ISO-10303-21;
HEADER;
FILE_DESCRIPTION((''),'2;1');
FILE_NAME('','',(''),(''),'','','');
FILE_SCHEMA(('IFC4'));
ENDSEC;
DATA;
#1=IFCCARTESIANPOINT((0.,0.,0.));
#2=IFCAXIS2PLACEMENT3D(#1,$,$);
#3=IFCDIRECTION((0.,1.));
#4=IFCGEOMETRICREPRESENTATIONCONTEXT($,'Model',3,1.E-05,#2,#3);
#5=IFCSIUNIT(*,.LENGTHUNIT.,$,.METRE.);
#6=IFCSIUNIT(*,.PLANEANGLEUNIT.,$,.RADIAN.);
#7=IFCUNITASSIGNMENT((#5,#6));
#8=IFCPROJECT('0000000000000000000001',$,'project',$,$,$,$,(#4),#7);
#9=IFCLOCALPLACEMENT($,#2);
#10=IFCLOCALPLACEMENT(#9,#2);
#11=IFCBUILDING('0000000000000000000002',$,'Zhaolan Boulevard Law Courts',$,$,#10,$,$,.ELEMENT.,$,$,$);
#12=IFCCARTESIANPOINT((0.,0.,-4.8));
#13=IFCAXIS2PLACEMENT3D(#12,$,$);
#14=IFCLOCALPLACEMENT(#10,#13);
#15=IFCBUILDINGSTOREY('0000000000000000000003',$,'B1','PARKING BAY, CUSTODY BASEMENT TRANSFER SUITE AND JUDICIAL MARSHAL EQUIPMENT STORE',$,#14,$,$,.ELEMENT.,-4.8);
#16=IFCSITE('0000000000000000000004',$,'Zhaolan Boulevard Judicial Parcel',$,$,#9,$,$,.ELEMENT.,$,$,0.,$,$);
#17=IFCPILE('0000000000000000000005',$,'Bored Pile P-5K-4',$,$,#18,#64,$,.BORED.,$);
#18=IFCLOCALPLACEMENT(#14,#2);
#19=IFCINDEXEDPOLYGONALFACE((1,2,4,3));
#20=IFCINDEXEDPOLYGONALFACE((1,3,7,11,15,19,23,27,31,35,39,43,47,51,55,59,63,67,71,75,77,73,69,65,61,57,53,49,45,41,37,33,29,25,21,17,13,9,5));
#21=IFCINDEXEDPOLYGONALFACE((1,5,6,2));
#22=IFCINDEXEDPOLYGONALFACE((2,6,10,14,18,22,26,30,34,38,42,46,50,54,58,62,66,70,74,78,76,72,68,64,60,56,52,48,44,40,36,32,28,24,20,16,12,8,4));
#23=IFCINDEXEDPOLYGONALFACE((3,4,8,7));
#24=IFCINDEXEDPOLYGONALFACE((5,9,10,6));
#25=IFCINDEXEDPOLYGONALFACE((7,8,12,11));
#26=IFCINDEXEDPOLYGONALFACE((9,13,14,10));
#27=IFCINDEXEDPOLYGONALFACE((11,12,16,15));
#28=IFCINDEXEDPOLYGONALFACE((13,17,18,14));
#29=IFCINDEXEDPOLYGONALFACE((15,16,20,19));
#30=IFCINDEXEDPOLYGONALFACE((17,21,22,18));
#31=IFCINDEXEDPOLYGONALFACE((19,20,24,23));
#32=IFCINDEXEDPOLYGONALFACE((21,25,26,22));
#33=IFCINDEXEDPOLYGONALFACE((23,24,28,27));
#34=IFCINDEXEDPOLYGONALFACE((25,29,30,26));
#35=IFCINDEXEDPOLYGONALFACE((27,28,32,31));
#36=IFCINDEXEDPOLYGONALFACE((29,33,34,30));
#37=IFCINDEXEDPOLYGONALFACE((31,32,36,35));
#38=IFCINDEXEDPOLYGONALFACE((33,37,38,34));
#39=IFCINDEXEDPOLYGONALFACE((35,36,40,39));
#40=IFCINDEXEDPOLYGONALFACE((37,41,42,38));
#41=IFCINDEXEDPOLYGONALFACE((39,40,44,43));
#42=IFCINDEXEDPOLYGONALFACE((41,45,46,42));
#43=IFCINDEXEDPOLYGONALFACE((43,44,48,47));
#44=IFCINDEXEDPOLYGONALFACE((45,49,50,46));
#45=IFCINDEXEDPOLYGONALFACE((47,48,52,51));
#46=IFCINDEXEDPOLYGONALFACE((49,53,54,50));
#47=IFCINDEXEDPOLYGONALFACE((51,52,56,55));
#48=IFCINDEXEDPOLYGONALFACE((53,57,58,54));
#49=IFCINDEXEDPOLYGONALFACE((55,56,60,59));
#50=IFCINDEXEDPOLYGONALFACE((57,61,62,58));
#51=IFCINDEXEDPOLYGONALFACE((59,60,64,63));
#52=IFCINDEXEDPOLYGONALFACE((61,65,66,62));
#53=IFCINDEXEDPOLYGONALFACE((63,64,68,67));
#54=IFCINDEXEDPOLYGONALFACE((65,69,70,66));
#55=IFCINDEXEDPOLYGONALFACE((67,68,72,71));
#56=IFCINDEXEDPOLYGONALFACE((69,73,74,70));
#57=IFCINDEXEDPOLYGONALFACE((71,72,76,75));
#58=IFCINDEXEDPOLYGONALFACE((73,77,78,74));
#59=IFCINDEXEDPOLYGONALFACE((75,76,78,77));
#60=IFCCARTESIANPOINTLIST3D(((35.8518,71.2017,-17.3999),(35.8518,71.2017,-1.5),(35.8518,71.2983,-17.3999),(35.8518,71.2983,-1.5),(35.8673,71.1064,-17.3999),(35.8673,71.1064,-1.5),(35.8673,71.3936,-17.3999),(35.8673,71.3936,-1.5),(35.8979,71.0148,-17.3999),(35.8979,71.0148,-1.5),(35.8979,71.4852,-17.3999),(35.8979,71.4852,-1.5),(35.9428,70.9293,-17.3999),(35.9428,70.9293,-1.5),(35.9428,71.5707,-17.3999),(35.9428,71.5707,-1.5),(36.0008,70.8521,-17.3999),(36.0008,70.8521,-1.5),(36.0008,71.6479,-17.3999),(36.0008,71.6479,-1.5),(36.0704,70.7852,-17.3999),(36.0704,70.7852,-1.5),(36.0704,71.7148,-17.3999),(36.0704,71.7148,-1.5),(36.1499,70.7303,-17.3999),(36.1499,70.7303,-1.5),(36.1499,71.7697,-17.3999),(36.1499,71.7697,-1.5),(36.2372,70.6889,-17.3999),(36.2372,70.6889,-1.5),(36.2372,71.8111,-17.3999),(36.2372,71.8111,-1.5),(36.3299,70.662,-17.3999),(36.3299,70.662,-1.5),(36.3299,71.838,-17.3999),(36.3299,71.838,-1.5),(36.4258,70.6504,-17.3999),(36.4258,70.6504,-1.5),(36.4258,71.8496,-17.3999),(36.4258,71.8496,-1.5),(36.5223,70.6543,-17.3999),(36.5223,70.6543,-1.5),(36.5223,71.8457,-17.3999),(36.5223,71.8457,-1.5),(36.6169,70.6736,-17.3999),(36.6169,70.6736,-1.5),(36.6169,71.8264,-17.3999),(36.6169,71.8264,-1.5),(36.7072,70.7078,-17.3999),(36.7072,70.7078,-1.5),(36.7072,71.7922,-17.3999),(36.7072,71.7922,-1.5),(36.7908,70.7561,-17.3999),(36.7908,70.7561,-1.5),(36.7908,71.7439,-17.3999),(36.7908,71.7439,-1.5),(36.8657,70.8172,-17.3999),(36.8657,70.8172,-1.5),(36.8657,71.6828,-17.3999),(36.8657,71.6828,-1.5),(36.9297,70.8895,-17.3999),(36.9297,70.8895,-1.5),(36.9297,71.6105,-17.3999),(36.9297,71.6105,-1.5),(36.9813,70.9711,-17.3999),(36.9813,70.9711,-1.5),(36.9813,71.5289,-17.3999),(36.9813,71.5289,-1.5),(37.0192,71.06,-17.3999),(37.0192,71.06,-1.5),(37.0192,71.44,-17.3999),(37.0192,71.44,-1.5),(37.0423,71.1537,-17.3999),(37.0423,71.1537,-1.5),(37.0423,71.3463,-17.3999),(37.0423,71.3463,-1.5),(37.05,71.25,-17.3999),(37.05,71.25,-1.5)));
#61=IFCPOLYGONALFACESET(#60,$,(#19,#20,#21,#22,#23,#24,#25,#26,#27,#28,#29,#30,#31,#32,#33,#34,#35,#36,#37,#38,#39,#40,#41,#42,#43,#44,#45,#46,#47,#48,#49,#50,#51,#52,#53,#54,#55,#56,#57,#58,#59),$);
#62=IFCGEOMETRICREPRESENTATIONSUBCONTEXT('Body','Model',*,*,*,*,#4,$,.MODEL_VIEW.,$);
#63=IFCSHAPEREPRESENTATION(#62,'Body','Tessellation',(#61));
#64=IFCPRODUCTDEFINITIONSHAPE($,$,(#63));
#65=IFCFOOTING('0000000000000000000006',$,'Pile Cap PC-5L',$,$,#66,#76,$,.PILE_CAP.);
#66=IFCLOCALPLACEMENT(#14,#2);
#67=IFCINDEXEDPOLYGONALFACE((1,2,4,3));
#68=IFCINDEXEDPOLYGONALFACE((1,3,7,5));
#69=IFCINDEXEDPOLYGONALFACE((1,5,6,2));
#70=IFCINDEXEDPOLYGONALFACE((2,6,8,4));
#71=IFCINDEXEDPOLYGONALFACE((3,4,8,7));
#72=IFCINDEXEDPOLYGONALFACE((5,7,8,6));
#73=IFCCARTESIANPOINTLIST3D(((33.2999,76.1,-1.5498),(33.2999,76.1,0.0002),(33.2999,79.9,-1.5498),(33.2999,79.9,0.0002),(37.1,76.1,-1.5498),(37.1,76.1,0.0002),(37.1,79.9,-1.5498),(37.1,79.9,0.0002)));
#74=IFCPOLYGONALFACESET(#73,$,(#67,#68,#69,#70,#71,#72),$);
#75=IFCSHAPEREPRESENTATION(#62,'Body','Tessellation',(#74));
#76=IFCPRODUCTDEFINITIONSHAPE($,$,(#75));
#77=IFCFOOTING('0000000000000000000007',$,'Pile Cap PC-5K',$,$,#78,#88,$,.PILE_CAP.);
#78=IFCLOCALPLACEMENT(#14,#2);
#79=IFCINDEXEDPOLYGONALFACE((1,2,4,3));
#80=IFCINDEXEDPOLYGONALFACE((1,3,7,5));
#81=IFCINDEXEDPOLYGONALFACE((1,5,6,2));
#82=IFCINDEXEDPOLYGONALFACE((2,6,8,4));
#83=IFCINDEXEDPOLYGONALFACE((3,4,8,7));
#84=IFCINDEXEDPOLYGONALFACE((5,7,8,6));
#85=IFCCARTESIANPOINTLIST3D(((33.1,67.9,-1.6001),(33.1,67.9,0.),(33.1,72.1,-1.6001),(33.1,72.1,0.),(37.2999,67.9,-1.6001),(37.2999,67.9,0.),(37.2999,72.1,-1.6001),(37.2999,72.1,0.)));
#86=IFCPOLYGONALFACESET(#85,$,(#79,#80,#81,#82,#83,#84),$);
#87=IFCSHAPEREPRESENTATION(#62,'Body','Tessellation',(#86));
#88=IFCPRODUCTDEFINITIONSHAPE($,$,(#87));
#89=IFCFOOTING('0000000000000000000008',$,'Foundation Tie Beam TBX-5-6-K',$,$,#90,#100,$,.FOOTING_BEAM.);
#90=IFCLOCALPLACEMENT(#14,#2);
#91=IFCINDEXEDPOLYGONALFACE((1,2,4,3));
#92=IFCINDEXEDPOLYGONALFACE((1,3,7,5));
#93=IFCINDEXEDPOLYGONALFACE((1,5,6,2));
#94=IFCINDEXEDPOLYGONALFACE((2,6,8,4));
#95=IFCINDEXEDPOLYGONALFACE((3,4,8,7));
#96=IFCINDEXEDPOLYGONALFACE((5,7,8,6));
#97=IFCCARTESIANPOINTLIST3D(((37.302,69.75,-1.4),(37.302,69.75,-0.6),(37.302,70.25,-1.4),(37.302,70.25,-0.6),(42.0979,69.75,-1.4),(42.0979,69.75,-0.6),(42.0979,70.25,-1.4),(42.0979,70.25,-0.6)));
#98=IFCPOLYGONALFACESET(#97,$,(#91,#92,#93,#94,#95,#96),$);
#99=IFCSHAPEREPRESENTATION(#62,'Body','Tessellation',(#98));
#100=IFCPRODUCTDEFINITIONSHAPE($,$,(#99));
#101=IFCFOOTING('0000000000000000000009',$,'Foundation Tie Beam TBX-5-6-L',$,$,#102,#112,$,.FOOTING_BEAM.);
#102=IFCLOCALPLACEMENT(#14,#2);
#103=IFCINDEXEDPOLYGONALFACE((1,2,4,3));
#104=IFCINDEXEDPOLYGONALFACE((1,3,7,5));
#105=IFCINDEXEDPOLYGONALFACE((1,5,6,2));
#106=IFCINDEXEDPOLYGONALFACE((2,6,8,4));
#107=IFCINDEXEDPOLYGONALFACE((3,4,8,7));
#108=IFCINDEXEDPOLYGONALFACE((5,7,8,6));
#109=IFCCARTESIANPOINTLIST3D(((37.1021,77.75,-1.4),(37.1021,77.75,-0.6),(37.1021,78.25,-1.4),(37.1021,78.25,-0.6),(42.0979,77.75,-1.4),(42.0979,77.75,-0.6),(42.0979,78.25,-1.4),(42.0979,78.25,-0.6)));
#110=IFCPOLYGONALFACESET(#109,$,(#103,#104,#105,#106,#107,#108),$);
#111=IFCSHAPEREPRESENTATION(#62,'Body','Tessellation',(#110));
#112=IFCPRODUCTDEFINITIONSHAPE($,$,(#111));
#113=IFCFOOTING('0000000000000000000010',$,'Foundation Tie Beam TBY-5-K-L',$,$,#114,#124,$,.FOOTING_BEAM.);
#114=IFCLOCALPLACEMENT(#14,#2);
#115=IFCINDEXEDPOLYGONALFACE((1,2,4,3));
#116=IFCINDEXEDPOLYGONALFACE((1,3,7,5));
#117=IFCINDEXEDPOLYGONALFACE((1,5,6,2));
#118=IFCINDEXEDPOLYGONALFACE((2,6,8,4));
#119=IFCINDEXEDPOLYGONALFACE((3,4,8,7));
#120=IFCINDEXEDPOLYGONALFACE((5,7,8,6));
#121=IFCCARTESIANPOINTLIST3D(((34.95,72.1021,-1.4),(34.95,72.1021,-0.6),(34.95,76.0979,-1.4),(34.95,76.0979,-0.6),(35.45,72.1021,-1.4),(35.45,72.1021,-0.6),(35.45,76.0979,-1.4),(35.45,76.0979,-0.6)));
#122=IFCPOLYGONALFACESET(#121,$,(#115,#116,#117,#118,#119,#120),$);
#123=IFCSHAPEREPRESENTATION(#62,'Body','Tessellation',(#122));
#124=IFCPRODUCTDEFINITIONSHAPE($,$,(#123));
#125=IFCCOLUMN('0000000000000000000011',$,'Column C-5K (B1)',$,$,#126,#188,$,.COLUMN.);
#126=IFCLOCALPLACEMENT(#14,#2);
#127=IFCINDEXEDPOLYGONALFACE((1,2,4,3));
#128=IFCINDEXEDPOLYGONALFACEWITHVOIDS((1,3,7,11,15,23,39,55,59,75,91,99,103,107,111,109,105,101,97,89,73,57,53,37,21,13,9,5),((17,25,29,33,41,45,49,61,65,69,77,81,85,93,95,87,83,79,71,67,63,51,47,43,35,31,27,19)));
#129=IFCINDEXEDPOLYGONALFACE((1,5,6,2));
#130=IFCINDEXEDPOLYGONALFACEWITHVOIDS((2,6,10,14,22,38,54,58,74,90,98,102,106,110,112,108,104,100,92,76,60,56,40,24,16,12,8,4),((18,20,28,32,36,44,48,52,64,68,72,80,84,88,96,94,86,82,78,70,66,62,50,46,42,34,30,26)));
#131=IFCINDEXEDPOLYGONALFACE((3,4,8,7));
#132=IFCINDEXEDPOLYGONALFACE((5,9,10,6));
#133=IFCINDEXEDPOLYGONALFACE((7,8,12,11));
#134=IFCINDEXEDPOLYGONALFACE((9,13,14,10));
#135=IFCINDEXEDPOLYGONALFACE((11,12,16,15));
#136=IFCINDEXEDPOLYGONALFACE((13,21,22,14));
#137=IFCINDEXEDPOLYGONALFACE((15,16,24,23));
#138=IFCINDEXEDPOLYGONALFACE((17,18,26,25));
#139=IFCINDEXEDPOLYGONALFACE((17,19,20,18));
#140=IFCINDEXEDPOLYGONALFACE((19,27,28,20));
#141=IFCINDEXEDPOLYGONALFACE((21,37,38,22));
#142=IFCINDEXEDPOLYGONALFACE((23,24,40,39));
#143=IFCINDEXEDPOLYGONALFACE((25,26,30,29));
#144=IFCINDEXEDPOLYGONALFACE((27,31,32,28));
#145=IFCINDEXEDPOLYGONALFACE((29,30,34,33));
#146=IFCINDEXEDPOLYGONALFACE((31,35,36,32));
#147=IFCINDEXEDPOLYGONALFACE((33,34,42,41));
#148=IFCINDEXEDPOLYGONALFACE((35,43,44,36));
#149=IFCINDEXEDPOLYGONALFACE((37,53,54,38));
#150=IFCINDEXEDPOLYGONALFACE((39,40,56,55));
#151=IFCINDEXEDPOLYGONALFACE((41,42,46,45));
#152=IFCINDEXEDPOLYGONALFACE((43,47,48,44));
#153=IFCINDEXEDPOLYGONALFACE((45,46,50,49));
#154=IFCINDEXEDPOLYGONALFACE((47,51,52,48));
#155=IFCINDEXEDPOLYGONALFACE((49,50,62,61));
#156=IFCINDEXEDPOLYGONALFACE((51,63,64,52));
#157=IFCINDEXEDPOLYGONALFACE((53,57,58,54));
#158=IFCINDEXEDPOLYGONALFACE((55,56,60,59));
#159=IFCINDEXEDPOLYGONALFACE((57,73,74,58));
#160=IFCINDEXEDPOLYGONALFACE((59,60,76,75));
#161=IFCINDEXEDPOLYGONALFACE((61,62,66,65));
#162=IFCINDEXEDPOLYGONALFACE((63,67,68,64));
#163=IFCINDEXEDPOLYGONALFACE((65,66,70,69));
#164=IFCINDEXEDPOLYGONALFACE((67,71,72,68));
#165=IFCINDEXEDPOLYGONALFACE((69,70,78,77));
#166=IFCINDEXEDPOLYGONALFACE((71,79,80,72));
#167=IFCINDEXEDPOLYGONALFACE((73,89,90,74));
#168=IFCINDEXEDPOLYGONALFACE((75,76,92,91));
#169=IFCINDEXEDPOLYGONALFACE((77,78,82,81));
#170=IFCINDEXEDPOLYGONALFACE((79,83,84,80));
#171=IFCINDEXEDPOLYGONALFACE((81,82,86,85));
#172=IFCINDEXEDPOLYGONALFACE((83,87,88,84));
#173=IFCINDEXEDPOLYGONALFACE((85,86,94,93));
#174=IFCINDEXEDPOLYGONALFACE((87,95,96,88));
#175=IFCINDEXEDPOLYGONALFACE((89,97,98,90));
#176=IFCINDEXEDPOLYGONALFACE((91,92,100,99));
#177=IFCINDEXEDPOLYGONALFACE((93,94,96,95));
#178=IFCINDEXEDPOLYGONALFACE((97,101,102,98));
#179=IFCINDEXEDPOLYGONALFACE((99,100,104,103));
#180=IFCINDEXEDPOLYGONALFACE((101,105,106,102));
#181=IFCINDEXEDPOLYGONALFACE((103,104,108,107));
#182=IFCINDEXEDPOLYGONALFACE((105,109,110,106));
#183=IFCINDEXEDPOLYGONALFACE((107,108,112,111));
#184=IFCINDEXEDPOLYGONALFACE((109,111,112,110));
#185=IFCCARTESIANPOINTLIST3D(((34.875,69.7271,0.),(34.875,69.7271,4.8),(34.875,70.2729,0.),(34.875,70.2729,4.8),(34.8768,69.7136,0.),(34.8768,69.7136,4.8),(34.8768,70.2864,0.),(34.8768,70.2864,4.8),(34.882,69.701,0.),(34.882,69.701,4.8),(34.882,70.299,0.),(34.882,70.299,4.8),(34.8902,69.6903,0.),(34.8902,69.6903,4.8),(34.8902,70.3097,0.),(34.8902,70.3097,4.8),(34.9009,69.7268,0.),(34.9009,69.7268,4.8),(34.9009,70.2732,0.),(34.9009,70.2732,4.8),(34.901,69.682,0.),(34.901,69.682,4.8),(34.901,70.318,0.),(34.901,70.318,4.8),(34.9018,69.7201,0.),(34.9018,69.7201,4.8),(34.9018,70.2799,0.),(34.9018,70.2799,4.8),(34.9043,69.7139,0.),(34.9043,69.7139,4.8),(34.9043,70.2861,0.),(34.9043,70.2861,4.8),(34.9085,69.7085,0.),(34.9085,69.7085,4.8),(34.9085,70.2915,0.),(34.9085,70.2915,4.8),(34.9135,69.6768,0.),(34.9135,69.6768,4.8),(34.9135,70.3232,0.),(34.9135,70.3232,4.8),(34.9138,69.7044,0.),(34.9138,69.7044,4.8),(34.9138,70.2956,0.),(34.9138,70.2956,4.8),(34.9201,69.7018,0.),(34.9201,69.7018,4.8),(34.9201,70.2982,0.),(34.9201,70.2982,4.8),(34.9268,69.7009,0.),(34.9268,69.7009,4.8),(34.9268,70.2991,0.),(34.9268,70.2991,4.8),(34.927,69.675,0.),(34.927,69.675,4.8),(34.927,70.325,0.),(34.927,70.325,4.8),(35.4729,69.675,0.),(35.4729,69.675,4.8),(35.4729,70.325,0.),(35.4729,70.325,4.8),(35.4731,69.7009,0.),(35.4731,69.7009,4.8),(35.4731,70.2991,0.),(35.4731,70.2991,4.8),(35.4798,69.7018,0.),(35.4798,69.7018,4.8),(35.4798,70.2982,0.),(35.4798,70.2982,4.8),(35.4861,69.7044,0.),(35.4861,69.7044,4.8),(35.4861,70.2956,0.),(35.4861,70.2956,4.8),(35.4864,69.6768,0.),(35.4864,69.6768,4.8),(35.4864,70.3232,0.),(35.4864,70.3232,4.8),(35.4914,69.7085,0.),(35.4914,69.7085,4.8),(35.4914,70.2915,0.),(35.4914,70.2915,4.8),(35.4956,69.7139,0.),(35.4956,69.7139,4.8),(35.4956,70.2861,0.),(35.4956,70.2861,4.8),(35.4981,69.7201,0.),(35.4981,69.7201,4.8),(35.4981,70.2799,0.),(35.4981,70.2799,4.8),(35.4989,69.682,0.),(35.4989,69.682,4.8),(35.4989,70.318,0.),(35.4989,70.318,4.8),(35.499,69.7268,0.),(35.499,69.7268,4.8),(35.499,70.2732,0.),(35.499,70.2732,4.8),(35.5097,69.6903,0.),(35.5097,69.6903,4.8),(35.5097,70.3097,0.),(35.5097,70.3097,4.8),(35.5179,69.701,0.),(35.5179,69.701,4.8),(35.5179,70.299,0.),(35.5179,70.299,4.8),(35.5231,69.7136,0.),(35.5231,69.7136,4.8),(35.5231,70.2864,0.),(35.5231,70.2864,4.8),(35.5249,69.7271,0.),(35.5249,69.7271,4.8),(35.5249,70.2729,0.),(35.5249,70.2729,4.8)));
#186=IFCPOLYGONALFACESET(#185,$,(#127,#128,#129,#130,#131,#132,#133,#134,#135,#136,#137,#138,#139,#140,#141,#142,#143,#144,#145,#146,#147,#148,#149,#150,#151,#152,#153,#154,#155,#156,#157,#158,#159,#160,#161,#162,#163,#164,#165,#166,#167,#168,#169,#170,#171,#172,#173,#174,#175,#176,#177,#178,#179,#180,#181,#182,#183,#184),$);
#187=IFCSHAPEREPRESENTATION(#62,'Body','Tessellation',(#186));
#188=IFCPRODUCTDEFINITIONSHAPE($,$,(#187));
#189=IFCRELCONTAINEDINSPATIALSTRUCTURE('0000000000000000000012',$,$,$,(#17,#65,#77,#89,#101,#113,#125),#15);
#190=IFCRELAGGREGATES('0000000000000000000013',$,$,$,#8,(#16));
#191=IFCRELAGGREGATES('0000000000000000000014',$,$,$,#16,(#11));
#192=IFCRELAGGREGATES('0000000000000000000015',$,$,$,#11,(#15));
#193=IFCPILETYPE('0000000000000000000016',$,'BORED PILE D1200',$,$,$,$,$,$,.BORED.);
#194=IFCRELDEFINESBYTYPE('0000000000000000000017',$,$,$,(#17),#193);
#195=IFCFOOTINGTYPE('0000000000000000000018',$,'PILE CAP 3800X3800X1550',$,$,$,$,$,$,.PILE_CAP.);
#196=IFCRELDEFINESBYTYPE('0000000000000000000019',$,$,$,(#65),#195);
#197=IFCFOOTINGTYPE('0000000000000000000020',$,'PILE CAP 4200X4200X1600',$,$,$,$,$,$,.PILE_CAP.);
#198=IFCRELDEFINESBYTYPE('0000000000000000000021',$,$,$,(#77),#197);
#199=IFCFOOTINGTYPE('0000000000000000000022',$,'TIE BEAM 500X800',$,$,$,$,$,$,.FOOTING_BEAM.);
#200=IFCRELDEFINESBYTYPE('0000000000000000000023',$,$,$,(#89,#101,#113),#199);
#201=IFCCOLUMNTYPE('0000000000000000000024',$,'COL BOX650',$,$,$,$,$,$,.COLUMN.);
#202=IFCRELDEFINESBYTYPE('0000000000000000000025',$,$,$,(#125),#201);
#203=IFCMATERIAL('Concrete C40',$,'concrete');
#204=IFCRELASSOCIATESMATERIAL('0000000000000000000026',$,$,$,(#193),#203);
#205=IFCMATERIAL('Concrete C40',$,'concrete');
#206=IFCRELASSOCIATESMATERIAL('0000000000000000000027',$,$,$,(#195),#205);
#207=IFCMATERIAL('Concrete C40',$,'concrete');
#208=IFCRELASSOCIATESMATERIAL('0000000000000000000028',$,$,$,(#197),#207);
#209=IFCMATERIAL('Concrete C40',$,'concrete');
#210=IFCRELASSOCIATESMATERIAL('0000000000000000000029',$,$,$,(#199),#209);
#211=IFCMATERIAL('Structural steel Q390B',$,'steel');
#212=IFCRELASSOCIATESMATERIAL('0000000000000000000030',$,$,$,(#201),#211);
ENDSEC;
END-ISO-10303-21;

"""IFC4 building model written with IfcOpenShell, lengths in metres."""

from ifc_helpers import new_model, si_unit, direction, frame, origin, origin_2d, place, context, subcontext, project, spatial, rectangle, hollow_rectangle, circle, extrude, material, material_profile, profile_set, type_object, element, save


model = new_model("IFC4")

# Units and contexts
model_context = context("Model", 3, precision=1e-05, world=origin(), true_north=direction((0.0, 1.0)))
body_context = subcontext(model_context, "Body", "Model", "MODEL_VIEW")
ifc_project = project(units=[si_unit("LENGTHUNIT", "METRE"), si_unit("PLANEANGLEUNIT", "RADIAN")], contexts=[model_context])

# Site, building, storey
site_placement = place(None, origin())
site = spatial("IfcSite", under=ifc_project, at=site_placement, Name="Zhaolan Boulevard Judicial Parcel", CompositionType="ELEMENT", RefElevation=0.0)
building_placement = place(site_placement, origin())
building = spatial("IfcBuilding", under=site, at=building_placement, Name="Zhaolan Boulevard Law Courts", CompositionType="ELEMENT")
storey_placement = place(building_placement, frame((0.0, 0.0, -4.8)))
storey = spatial("IfcBuildingStorey", under=building, at=storey_placement, Name="B1", Description="PARKING BAY, CUSTODY BASEMENT TRANSFER SUITE AND JUDICIAL MARSHAL EQUIPMENT STORE", CompositionType="ELEMENT", Elevation=-4.8)

# Pile
ifc_material_1 = material(Name="Concrete C40", Category="concrete")
ifc_material_profile_1 = material_profile(ifc_material_1, circle(Radius=0.6001, at=origin_2d()), Name="PILE-D1200")
ifc_profile_set_1 = profile_set([ifc_material_profile_1], Name="Concrete C40")
pile_type_1 = type_object("IfcPileType", Name="BORED PILE D1200", PredefinedType="BORED", material=ifc_profile_set_1)
for number, where, z_axis, x_axis, name in (
    (1, (36.45, 71.25, -1.5), (0.0, 0.0, -1.0), (1.0, 0.0, 0.0), "Bored Pile P-5K-4"),
):
    element("IfcPile", number, at=place(storey_placement, frame(where, z_axis=z_axis, x_axis=x_axis)), inside=storey, type_object=pile_type_1, Name=name, PredefinedType="BORED", context=body_context, shape_type="SweptSolid", body=[
        extrude(circle(Radius=0.6001, at=origin_2d()), origin(), (0.0, 0.0, 1.0), 15.8999),
    ])

# Footings
ifc_material_2 = material(Name="Concrete C40", Category="concrete")
footing_type_1 = type_object("IfcFootingType", Name="PILE CAP 3800X3800X1550", PredefinedType="PILE_CAP", material=ifc_material_2)
footing_1_placement = place(storey_placement, frame((35.2, 78.0, -1.5498), z_axis=(0.0, 0.0, 1.0), x_axis=(1.0, 0.0, 0.0)))
element("IfcFooting", 2, at=footing_1_placement, inside=storey, type_object=footing_type_1, Name="Pile Cap PC-5L", PredefinedType="PILE_CAP", context=body_context, shape_type="SweptSolid", body=[
    extrude(rectangle(XDim=3.8, YDim=3.8, at=origin_2d()), origin(), (0.0, 0.0, 1.0), 1.55),
])
ifc_material_3 = material(Name="Concrete C40", Category="concrete")
footing_type_2 = type_object("IfcFootingType", Name="PILE CAP 4200X4200X1600", PredefinedType="PILE_CAP", material=ifc_material_3)
footing_2_placement = place(storey_placement, frame((35.2, 70.0, -1.6001), z_axis=(0.0, 0.0, 1.0), x_axis=(1.0, 0.0, 0.0)))
element("IfcFooting", 3, at=footing_2_placement, inside=storey, type_object=footing_type_2, Name="Pile Cap PC-5K", PredefinedType="PILE_CAP", context=body_context, shape_type="SweptSolid", body=[
    extrude(rectangle(XDim=4.2, YDim=4.2, at=origin_2d()), origin(), (0.0, 0.0, 1.0), 1.6001),
])
ifc_material_4 = material(Name="Concrete C40", Category="concrete")
ifc_material_profile_2 = material_profile(ifc_material_4, rectangle(XDim=0.5, YDim=0.8, at=origin_2d()), Name="RC500x800")
ifc_profile_set_2 = profile_set([ifc_material_profile_2], Name="Concrete C40")
footing_type_3 = type_object("IfcFootingType", Name="TIE BEAM 500X800", PredefinedType="FOOTING_BEAM", material=ifc_profile_set_2)
footing_3_placement = place(storey_placement, frame((37.302, 70.0, -1.0), z_axis=(1.0, 0.0, 0.0), x_axis=(0.0, 1.0, 0.0)))
element("IfcFooting", 4, at=footing_3_placement, inside=storey, type_object=footing_type_3, Name="Foundation Tie Beam TBX-5-6-K", PredefinedType="FOOTING_BEAM", context=body_context, shape_type="SweptSolid", body=[
    extrude(rectangle(XDim=0.5, YDim=0.8, at=origin_2d()), origin(), (0.0, 0.0, 1.0), 4.7959),
])
footing_4_placement = place(storey_placement, frame((37.1021, 78.0, -1.0), z_axis=(1.0, 0.0, 0.0), x_axis=(0.0, 1.0, 0.0)))
element("IfcFooting", 5, at=footing_4_placement, inside=storey, type_object=footing_type_3, Name="Foundation Tie Beam TBX-5-6-L", PredefinedType="FOOTING_BEAM", context=body_context, shape_type="SweptSolid", body=[
    extrude(rectangle(XDim=0.5, YDim=0.8, at=origin_2d()), origin(), (0.0, 0.0, 1.0), 4.9958),
])
footing_5_placement = place(storey_placement, frame((35.2, 72.1021, -1.0), z_axis=(0.0, 1.0, 0.0), x_axis=(-1.0, 0.0, 0.0)))
element("IfcFooting", 6, at=footing_5_placement, inside=storey, type_object=footing_type_3, Name="Foundation Tie Beam TBY-5-K-L", PredefinedType="FOOTING_BEAM", context=body_context, shape_type="SweptSolid", body=[
    extrude(rectangle(XDim=0.5, YDim=0.8, at=origin_2d()), origin(), (0.0, 0.0, 1.0), 3.9958),
])

# Column
ifc_material_5 = material(Name="Structural steel Q390B", Category="steel")
ifc_material_profile_3 = material_profile(ifc_material_5, hollow_rectangle(XDim=0.6499, YDim=0.6499, WallThickness=0.0259, InnerFilletRadius=0.0259, OuterFilletRadius=0.052, at=origin_2d()), Name="BOX650x650x26")
ifc_profile_set_3 = profile_set([ifc_material_profile_3], Name="Structural steel Q390B")
column_type_1 = type_object("IfcColumnType", Name="COL BOX650", PredefinedType="COLUMN", material=ifc_profile_set_3)
column_1_placement = place(storey_placement, frame((35.2, 70.0, 0.0), z_axis=(0.0, 0.0, 1.0), x_axis=(1.0, 0.0, 0.0)))
element("IfcColumn", 7, at=column_1_placement, inside=storey, type_object=column_type_1, Name="Column C-5K (B1)", PredefinedType="COLUMN", context=body_context, shape_type="SweptSolid", body=[
    extrude(hollow_rectangle(XDim=0.6499, YDim=0.6499, WallThickness=0.0259, InnerFilletRadius=0.0259, OuterFilletRadius=0.052, at=origin_2d()), origin(), (0.0, 0.0, 1.0), 4.8),
])

save(model, "model.ifc")
